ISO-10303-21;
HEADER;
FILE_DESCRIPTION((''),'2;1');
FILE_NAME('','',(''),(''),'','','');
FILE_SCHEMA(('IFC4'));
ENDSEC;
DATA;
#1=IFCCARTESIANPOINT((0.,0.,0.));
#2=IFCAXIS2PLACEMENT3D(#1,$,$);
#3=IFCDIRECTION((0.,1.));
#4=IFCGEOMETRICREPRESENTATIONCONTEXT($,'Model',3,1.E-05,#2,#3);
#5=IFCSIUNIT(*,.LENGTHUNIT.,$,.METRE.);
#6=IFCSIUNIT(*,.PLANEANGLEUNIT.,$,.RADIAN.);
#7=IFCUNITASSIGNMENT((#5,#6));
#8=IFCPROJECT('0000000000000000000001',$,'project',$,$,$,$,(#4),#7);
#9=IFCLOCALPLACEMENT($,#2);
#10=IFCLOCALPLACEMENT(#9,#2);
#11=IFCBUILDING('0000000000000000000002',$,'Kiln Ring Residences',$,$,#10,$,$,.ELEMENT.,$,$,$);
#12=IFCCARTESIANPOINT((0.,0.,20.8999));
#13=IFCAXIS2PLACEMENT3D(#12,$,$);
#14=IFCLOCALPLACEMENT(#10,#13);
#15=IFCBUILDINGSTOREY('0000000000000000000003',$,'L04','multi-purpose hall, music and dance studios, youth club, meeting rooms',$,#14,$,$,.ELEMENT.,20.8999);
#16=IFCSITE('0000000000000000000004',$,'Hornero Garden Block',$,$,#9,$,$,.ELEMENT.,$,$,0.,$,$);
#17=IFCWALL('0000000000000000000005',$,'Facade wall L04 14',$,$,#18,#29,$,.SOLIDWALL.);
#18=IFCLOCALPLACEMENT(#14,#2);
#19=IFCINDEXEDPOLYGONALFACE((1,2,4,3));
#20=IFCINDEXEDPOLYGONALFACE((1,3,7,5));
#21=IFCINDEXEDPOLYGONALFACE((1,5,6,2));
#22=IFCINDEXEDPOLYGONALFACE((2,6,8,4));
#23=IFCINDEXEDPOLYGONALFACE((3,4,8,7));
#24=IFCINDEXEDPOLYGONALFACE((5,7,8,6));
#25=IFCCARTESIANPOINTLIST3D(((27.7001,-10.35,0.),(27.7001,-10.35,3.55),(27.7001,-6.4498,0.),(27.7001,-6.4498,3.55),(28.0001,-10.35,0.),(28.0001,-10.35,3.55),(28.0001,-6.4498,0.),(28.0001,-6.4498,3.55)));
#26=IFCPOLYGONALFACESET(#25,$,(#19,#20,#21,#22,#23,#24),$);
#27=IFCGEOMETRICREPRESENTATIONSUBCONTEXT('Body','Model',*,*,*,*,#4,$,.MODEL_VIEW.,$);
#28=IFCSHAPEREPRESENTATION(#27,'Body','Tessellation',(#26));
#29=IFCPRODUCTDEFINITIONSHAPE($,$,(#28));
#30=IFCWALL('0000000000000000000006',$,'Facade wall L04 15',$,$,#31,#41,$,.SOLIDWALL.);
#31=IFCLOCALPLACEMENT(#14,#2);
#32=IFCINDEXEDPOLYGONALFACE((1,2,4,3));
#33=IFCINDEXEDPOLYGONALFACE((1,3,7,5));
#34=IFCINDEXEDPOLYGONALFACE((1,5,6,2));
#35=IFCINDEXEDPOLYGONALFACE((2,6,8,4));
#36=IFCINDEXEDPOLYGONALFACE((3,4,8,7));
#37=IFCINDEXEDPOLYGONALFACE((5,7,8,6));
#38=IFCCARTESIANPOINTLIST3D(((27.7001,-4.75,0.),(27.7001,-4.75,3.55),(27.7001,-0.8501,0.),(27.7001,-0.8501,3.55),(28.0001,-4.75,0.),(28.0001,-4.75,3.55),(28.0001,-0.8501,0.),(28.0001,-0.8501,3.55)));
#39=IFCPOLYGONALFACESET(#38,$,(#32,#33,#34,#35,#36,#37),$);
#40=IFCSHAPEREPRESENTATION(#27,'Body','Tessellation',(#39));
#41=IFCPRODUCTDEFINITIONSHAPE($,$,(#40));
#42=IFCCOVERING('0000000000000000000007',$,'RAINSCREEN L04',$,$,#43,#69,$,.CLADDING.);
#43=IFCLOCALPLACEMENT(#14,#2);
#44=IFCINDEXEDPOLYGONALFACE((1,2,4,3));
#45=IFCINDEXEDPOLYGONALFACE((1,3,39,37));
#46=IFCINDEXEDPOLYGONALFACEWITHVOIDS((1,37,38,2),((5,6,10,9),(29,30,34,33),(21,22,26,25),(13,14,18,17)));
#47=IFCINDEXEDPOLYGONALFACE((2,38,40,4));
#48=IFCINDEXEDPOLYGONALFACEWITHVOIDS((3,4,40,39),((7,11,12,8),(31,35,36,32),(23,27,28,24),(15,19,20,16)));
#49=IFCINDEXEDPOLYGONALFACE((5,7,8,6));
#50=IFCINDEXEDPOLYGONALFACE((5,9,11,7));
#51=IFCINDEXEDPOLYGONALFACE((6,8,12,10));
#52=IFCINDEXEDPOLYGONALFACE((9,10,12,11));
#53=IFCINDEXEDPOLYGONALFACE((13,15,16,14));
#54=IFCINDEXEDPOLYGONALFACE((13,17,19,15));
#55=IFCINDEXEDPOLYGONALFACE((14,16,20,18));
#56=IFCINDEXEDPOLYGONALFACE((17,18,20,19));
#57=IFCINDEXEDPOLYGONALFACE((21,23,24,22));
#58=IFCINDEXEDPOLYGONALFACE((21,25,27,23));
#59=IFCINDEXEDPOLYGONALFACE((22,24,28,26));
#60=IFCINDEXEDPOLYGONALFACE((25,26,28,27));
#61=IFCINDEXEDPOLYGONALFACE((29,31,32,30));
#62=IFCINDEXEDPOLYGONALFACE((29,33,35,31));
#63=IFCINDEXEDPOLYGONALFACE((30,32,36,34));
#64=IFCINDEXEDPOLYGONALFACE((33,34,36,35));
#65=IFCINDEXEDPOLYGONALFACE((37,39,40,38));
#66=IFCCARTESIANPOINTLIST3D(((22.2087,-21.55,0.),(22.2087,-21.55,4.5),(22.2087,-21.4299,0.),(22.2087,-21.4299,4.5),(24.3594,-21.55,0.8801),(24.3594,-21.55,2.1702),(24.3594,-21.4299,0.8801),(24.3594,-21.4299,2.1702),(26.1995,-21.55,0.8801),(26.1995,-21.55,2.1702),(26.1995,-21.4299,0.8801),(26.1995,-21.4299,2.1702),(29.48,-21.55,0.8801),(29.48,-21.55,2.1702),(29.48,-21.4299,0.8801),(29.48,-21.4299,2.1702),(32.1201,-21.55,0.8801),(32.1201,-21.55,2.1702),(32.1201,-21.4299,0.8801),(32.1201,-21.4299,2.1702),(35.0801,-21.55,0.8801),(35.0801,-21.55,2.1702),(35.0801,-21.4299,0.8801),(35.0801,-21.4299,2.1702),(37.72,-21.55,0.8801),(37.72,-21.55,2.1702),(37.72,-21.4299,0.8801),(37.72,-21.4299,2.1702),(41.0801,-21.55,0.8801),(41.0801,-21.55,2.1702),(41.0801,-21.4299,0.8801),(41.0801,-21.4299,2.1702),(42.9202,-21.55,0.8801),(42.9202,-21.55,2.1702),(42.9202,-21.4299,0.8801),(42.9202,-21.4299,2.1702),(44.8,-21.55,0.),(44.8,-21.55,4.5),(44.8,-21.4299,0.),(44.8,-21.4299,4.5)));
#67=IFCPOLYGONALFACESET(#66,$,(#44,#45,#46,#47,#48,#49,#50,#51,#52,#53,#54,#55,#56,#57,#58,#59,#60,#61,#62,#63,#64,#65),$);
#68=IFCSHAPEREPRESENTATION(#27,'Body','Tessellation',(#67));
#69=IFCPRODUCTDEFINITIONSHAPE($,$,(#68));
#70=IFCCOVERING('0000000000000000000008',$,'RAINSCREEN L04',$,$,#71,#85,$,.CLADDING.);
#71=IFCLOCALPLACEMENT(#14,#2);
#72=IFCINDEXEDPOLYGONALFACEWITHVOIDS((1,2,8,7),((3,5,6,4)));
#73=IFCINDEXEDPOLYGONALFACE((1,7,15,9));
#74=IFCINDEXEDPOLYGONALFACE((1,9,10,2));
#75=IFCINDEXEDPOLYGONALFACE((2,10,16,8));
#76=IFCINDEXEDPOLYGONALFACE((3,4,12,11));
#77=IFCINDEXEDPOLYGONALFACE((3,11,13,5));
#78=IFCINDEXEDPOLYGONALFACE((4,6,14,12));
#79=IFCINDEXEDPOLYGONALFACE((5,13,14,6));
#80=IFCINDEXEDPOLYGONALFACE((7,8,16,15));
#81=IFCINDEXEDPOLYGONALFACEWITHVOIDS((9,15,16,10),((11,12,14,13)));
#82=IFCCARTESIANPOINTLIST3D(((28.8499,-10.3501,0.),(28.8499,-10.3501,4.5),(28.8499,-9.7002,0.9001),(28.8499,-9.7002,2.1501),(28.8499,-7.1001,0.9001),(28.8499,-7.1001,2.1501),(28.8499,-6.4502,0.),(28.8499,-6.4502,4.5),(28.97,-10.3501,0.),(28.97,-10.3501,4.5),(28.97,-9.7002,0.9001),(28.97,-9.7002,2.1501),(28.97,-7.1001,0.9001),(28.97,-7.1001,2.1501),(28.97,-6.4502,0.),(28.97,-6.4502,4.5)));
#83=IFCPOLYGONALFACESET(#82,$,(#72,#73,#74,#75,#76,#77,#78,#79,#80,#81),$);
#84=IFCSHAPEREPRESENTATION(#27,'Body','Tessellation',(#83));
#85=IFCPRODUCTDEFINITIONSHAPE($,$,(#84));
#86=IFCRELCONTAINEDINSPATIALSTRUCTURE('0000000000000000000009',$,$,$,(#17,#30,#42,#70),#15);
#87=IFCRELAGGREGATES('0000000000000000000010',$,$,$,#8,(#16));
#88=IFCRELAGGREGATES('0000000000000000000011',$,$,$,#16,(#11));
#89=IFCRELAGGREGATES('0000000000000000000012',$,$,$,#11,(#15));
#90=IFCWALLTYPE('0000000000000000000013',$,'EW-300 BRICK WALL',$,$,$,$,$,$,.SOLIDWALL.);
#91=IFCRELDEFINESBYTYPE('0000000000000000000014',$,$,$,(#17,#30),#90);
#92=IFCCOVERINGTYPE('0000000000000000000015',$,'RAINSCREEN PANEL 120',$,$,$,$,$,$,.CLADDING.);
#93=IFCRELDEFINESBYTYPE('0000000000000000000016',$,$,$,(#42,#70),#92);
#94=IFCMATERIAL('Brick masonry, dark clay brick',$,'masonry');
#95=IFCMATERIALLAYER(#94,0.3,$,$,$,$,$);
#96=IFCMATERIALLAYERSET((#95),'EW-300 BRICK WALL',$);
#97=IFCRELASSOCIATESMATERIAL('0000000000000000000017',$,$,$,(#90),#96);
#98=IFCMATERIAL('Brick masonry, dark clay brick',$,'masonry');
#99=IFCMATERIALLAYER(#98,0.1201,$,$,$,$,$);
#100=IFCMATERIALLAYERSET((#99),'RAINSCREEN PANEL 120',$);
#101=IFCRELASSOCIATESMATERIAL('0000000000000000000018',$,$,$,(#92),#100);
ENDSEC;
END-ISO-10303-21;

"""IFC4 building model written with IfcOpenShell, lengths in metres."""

from ifc_helpers import new_model, si_unit, direction, frame, frame_2d, origin, place, context, subcontext, project, spatial, polyline, rectangle, outline, extrude, material, layer, layer_set, type_object, element, save


model = new_model("IFC4")

# Units and contexts
model_context = context("Model", 3, precision=1e-05, world=origin(), true_north=direction((0.0, 1.0)))
body_context = subcontext(model_context, "Body", "Model", "MODEL_VIEW")
ifc_project = project(units=[si_unit("LENGTHUNIT", "METRE"), si_unit("PLANEANGLEUNIT", "RADIAN")], contexts=[model_context])

# Site, building, storey
site_placement = place(None, origin())
site = spatial("IfcSite", under=ifc_project, at=site_placement, Name="Hornero Garden Block", CompositionType="ELEMENT", RefElevation=0.0)
building_placement = place(site_placement, origin())
building = spatial("IfcBuilding", under=site, at=building_placement, Name="Kiln Ring Residences", CompositionType="ELEMENT")
storey_placement = place(building_placement, frame((0.0, 0.0, 20.8999)))
storey = spatial("IfcBuildingStorey", under=building, at=storey_placement, Name="L04", Description="multi-purpose hall, music and dance studios, youth club, meeting rooms", CompositionType="ELEMENT", Elevation=20.8999)

# Walls
ifc_material_1 = material(Name="Brick masonry, dark clay brick", Category="masonry")
ifc_layer_1 = layer(ifc_material_1, 0.3)
ifc_layer_set_1 = layer_set([ifc_layer_1], Name="EW-300 BRICK WALL")
wall_type_1 = type_object("IfcWallType", Name="EW-300 BRICK WALL", PredefinedType="SOLIDWALL", material=ifc_layer_set_1)
wall_1_placement = place(storey_placement, frame((27.8501, -10.3501, 0.0), z_axis=(0.0, 0.0, 1.0), x_axis=(0.0, 1.0, 0.0)))
element("IfcWall", 1, at=wall_1_placement, inside=storey, type_object=wall_type_1, Name="Facade wall L04 14", PredefinedType="SOLIDWALL", context=body_context, shape_type="SweptSolid", body=[
    extrude(rectangle(XDim=3.9001, YDim=0.3, at=frame_2d((1.9502, 0.0))), origin(), (0.0, 0.0, 1.0), 3.55),
])
wall_2_placement = place(storey_placement, frame((27.8501, -4.75, 0.0), z_axis=(0.0, 0.0, 1.0), x_axis=(0.0, 1.0, 0.0)))
element("IfcWall", 2, at=wall_2_placement, inside=storey, type_object=wall_type_1, Name="Facade wall L04 15", PredefinedType="SOLIDWALL", context=body_context, shape_type="SweptSolid", body=[
    extrude(rectangle(XDim=3.8999, YDim=0.3, at=frame_2d((1.95, 0.0))), origin(), (0.0, 0.0, 1.0), 3.55),
])

# Coverings
ifc_material_2 = material(Name="Brick masonry, dark clay brick", Category="masonry")
ifc_layer_2 = layer(ifc_material_2, 0.1201)
ifc_layer_set_2 = layer_set([ifc_layer_2], Name="RAINSCREEN PANEL 120")
covering_type = type_object("IfcCoveringType", Name="RAINSCREEN PANEL 120", PredefinedType="CLADDING", material=ifc_layer_set_2)
covering_1_placement = place(storey_placement, frame((44.8, -21.49, 0.0), z_axis=(0.0, 0.0, 1.0), x_axis=(-1.0, 0.0, 0.0)))
element("IfcCovering", 3, at=covering_1_placement, inside=storey, type_object=covering_type, Name="RAINSCREEN L04", PredefinedType="CLADDING", context=body_context, shape_type="SweptSolid", body=[
    extrude(outline(polyline([(0.0, 0.0), (22.5913, 0.0), (22.5913, 4.5), (0.0, 4.5), (0.0, 0.0)]), holes=[polyline([(3.72, 0.8801), (3.72, 2.1702), (1.8799, 2.1702), (1.8799, 0.8801), (3.72, 0.8801)]), polyline([(9.72, 0.8801), (9.72, 2.1702), (7.0801, 2.1702), (7.0801, 0.8801), (9.72, 0.8801)]), polyline([(15.3201, 0.8801), (15.3201, 2.1702), (12.6799, 2.1702), (12.6799, 0.8801), (15.3201, 0.8801)]), polyline([(20.4407, 0.8801), (20.4407, 2.1702), (18.6006, 2.1702), (18.6006, 0.8801), (20.4407, 0.8801)])]), frame((0.0, 0.0601, 0.0), z_axis=(0.0, -1.0, 0.0), x_axis=(1.0, 0.0, 0.0)), (0.0, 0.0, 1.0), 0.1201),
])
covering_2_placement = place(storey_placement, frame((28.9099, -10.3501, 0.0), z_axis=(0.0, 0.0, 1.0), x_axis=(0.0, 1.0, 0.0)))
element("IfcCovering", 4, at=covering_2_placement, inside=storey, type_object=covering_type, Name="RAINSCREEN L04", PredefinedType="CLADDING", context=body_context, shape_type="SweptSolid", body=[
    extrude(outline(polyline([(0.0, 0.0), (3.8999, 0.0), (3.8999, 4.5), (0.0, 4.5), (0.0, 0.0)]), holes=[polyline([(0.6499, 2.1501), (0.6499, 0.9001), (3.25, 0.9001), (3.25, 2.1501), (0.6499, 2.1501)])]), frame((0.0, 0.0601, 0.0), z_axis=(0.0, -1.0, 0.0), x_axis=(1.0, 0.0, 0.0)), (0.0, 0.0, 1.0), 0.1201),
])

save(model, "model.ifc")
